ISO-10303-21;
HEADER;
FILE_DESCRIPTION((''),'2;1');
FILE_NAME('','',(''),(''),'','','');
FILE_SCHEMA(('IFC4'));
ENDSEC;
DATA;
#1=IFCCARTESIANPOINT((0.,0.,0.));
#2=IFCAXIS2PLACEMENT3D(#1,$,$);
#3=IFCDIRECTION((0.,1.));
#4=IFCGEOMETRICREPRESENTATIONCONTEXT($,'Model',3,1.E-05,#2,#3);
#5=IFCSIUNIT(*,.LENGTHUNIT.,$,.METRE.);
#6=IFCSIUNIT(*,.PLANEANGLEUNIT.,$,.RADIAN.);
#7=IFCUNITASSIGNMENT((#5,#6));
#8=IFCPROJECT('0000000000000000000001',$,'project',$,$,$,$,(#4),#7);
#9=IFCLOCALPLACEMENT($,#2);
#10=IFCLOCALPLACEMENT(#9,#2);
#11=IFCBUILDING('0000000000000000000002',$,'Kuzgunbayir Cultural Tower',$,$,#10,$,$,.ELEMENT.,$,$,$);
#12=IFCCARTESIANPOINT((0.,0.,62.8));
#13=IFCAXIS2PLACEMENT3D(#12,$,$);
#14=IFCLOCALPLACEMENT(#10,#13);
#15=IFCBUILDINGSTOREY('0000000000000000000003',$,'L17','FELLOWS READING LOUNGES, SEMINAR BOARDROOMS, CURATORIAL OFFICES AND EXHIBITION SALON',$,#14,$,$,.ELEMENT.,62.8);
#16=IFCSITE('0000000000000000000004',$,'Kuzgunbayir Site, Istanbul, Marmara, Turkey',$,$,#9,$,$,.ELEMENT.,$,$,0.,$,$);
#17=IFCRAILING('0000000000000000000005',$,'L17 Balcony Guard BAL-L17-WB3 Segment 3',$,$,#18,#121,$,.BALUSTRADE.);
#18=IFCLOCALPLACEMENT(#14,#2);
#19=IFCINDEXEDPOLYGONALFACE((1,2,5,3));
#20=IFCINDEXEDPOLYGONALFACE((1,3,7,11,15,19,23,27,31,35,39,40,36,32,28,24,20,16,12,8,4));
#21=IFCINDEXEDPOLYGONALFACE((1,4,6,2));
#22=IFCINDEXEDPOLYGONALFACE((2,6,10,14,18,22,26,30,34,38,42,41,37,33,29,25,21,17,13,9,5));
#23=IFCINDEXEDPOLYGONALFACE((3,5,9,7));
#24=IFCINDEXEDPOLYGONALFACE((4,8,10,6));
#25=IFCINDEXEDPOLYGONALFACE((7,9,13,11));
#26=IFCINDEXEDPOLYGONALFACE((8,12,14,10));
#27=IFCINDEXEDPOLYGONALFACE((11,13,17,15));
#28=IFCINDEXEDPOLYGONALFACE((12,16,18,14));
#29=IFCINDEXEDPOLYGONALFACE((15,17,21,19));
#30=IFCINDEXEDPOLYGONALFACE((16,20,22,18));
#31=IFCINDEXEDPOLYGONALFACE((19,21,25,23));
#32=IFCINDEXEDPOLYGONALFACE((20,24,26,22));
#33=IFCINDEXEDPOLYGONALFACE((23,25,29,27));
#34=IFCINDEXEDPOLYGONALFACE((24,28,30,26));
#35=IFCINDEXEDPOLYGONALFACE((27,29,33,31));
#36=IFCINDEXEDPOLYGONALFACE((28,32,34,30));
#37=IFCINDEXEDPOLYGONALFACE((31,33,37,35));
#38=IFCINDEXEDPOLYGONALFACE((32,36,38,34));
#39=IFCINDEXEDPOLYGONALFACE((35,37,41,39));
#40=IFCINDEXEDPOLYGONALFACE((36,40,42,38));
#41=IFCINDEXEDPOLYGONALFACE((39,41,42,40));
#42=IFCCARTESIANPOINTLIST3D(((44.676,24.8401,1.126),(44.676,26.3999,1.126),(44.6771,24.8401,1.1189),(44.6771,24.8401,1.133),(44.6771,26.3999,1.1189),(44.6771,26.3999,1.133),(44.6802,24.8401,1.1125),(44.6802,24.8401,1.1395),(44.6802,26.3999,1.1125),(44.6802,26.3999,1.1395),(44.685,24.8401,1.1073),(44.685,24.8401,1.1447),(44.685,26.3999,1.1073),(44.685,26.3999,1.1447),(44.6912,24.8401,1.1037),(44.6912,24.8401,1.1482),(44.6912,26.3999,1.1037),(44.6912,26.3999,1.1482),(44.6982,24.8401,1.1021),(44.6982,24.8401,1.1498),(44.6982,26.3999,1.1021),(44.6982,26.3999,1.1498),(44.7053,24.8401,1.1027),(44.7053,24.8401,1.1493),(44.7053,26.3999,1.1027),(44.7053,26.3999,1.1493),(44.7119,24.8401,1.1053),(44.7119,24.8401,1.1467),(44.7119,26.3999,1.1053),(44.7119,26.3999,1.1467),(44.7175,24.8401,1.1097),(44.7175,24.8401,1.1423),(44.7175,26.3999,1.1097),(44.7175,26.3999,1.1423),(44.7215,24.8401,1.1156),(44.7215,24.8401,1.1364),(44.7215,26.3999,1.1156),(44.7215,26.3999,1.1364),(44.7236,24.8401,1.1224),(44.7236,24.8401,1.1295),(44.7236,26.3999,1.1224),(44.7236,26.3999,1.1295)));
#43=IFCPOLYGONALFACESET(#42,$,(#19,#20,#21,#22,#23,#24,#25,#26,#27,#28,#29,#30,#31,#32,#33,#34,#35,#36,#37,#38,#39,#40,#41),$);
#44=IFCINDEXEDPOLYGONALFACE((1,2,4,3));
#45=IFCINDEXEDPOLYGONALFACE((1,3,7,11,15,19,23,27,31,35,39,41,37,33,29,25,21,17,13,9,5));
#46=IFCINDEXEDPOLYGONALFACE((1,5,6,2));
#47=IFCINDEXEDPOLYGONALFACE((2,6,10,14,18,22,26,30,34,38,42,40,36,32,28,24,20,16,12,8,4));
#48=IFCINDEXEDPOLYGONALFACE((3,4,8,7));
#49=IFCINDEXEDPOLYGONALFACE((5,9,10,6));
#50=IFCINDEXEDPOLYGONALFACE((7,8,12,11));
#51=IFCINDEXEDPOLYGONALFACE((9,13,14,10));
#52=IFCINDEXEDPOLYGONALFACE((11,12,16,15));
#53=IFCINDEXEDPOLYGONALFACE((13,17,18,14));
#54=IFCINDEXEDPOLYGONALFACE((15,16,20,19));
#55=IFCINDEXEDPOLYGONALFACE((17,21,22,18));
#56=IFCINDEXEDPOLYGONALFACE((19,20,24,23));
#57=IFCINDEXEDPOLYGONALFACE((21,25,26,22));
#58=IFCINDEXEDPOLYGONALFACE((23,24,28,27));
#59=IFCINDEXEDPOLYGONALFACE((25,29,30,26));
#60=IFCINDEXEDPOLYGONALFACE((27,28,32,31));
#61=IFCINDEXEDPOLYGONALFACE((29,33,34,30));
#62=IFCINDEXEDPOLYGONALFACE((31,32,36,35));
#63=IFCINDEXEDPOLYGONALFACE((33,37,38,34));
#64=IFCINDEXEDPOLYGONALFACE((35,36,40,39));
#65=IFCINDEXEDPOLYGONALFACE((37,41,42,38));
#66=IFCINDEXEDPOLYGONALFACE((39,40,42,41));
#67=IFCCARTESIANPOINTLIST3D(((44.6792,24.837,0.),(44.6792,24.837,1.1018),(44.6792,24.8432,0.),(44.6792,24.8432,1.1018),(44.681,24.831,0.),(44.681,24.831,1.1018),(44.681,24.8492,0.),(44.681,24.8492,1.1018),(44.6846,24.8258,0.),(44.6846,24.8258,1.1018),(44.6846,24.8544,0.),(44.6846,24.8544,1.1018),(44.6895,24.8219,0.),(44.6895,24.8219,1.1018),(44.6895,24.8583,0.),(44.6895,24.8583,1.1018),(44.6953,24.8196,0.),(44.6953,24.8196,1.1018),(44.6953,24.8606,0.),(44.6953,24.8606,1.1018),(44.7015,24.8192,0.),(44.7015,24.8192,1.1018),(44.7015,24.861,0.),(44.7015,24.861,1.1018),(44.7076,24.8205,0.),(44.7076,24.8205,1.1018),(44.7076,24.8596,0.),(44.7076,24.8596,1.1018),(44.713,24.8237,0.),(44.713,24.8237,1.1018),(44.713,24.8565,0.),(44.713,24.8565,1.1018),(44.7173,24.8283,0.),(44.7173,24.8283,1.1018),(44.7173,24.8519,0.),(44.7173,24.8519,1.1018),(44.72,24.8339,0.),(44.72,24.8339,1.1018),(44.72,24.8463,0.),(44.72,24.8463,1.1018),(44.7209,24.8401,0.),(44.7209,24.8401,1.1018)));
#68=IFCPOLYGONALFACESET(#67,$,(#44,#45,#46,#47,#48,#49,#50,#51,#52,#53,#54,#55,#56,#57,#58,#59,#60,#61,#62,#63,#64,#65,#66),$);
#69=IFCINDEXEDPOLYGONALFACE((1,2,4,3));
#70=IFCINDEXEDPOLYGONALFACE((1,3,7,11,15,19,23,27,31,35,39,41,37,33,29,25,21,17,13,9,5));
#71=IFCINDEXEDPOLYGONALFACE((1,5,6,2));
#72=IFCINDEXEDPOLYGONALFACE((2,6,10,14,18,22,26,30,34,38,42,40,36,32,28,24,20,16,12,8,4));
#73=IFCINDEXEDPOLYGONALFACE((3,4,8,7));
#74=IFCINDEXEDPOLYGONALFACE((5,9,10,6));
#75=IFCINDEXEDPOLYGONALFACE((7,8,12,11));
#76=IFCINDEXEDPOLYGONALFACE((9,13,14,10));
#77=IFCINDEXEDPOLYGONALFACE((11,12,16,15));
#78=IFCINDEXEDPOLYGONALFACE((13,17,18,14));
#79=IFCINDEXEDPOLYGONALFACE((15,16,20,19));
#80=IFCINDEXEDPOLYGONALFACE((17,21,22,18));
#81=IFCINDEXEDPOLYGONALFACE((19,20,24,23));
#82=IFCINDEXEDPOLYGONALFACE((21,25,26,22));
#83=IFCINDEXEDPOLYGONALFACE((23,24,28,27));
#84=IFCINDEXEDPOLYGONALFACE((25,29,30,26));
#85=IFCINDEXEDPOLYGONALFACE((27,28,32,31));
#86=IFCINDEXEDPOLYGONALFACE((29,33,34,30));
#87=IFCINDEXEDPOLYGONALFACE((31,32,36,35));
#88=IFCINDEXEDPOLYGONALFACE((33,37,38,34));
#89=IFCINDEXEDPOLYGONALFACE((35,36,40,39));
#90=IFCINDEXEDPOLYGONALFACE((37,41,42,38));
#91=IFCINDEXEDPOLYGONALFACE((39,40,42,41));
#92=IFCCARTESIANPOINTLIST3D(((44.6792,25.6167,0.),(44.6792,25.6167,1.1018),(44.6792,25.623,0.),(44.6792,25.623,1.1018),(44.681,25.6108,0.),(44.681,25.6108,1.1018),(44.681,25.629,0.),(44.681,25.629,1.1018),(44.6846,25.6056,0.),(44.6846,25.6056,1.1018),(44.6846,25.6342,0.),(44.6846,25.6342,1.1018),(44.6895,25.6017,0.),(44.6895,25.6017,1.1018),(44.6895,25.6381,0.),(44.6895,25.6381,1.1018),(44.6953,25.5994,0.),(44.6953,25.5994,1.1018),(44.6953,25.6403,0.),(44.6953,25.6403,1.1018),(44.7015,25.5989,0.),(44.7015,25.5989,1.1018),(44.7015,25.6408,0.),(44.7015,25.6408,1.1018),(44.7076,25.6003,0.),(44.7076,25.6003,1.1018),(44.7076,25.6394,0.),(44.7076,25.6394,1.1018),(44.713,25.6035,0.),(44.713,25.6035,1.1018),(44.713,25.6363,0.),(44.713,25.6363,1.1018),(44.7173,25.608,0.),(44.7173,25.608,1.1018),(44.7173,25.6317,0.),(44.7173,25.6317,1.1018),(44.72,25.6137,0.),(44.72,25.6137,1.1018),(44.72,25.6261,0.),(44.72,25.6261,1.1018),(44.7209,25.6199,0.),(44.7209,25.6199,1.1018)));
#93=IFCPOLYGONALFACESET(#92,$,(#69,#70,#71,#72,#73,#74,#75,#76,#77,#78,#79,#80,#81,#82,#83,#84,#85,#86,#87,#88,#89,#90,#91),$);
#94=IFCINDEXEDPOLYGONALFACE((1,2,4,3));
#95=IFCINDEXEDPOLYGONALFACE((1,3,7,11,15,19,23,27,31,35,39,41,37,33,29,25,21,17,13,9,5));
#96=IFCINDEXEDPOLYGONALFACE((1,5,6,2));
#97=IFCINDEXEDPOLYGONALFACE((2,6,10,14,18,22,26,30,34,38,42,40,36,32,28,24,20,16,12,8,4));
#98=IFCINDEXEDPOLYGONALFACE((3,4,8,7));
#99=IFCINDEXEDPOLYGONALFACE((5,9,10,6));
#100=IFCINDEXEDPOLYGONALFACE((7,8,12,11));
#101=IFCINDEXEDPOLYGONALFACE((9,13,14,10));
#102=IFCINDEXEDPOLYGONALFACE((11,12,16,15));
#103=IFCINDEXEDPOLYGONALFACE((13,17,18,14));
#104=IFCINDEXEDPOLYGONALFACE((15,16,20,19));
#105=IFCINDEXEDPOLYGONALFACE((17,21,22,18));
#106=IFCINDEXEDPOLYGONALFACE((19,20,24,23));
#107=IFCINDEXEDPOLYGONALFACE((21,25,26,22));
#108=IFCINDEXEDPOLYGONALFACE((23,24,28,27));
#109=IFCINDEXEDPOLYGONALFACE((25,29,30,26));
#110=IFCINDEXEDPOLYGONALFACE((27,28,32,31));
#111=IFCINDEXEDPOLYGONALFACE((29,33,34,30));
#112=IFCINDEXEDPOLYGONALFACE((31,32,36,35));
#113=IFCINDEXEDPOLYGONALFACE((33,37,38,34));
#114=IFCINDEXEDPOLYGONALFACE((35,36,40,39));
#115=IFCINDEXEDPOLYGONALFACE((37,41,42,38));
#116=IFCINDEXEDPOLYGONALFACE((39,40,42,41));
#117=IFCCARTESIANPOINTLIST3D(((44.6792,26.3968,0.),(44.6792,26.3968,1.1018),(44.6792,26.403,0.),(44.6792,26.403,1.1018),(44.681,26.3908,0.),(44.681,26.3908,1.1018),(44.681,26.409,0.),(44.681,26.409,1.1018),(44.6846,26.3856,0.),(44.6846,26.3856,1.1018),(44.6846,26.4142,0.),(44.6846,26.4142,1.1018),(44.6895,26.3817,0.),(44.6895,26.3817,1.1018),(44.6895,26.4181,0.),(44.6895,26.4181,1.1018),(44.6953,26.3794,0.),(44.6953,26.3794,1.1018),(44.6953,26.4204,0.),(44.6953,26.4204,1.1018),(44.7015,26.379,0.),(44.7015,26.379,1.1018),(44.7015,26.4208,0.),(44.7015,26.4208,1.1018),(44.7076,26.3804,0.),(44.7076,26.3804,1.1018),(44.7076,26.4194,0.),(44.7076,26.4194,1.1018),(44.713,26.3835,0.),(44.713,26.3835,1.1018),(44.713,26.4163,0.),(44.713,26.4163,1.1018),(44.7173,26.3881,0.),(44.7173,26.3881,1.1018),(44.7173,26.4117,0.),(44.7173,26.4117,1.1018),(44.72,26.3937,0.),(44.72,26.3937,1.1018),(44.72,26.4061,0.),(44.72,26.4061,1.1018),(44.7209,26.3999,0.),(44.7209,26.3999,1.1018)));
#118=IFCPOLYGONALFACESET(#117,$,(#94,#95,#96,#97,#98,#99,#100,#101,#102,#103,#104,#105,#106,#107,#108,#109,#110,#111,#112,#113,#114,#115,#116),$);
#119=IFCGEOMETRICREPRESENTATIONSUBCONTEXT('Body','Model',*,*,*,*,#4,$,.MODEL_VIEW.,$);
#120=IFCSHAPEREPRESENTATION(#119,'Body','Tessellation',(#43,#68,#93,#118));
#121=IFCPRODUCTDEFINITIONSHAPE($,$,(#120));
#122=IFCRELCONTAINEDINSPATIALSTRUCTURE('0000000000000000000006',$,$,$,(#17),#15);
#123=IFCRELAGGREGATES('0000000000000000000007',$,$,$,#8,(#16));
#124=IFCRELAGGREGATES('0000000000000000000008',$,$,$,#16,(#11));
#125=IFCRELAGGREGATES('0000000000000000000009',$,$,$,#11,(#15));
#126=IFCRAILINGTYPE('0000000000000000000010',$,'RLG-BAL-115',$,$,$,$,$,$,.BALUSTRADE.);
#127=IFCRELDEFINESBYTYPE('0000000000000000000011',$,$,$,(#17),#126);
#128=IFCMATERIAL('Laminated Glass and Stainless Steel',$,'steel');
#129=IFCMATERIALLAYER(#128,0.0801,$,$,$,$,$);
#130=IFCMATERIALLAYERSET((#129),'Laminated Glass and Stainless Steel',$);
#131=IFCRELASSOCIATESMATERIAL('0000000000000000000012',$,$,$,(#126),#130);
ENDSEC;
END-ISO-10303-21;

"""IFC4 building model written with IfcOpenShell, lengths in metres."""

from ifc_helpers import new_model, si_unit, direction, frame, origin, origin_2d, place, context, subcontext, project, spatial, circle, extrude, material, layer, layer_set, type_object, element, save


model = new_model("IFC4")

# Units and contexts
model_context = context("Model", 3, precision=1e-05, world=origin(), true_north=direction((0.0, 1.0)))
body_context = subcontext(model_context, "Body", "Model", "MODEL_VIEW")
ifc_project = project(units=[si_unit("LENGTHUNIT", "METRE"), si_unit("PLANEANGLEUNIT", "RADIAN")], contexts=[model_context])

# Site, building, storey
site_placement = place(None, origin())
site = spatial("IfcSite", under=ifc_project, at=site_placement, Name="Kuzgunbayir Site, Istanbul, Marmara, Turkey", CompositionType="ELEMENT", RefElevation=0.0)
building_placement = place(site_placement, origin())
building = spatial("IfcBuilding", under=site, at=building_placement, Name="Kuzgunbayir Cultural Tower", CompositionType="ELEMENT")
storey_placement = place(building_placement, frame((0.0, 0.0, 62.8)))
storey = spatial("IfcBuildingStorey", under=building, at=storey_placement, Name="L17", Description="FELLOWS READING LOUNGES, SEMINAR BOARDROOMS, CURATORIAL OFFICES AND EXHIBITION SALON", CompositionType="ELEMENT", Elevation=62.8)

# Railing
ifc_material_1 = material(Name="Laminated Glass and Stainless Steel", Category="steel")
ifc_layer_1 = layer(ifc_material_1, 0.0801)
ifc_layer_set_1 = layer_set([ifc_layer_1], Name="Laminated Glass and Stainless Steel")
railing_type = type_object("IfcRailingType", Name="RLG-BAL-115", PredefinedType="BALUSTRADE", material=ifc_layer_set_1)
railing_1_placement = place(storey_placement, frame((44.7, 24.8401, 0.0)))
element("IfcRailing", 1, at=railing_1_placement, inside=storey, type_object=railing_type, Name="L17 Balcony Guard BAL-L17-WB3 Segment 3", PredefinedType="BALUSTRADE", context=body_context, shape_type="SweptSolid", body=[
    extrude(circle(Radius=0.0239, at=origin_2d()), frame((0.0, 0.0, 1.126), z_axis=(0.0, 1.0, 0.0), x_axis=(-1.0, 0.0, 0.0)), (0.0, 0.0, 1.0), 1.5598),
    extrude(circle(Radius=0.021, at=origin_2d()), origin(), (0.0, 0.0, 1.0), 1.1018),
    extrude(circle(Radius=0.021, at=origin_2d()), frame((0.0, 0.7798, 0.0)), (0.0, 0.0, 1.0), 1.1018),
    extrude(circle(Radius=0.021, at=origin_2d()), frame((0.0, 1.5598, 0.0)), (0.0, 0.0, 1.0), 1.1018),
])

save(model, "model.ifc")
